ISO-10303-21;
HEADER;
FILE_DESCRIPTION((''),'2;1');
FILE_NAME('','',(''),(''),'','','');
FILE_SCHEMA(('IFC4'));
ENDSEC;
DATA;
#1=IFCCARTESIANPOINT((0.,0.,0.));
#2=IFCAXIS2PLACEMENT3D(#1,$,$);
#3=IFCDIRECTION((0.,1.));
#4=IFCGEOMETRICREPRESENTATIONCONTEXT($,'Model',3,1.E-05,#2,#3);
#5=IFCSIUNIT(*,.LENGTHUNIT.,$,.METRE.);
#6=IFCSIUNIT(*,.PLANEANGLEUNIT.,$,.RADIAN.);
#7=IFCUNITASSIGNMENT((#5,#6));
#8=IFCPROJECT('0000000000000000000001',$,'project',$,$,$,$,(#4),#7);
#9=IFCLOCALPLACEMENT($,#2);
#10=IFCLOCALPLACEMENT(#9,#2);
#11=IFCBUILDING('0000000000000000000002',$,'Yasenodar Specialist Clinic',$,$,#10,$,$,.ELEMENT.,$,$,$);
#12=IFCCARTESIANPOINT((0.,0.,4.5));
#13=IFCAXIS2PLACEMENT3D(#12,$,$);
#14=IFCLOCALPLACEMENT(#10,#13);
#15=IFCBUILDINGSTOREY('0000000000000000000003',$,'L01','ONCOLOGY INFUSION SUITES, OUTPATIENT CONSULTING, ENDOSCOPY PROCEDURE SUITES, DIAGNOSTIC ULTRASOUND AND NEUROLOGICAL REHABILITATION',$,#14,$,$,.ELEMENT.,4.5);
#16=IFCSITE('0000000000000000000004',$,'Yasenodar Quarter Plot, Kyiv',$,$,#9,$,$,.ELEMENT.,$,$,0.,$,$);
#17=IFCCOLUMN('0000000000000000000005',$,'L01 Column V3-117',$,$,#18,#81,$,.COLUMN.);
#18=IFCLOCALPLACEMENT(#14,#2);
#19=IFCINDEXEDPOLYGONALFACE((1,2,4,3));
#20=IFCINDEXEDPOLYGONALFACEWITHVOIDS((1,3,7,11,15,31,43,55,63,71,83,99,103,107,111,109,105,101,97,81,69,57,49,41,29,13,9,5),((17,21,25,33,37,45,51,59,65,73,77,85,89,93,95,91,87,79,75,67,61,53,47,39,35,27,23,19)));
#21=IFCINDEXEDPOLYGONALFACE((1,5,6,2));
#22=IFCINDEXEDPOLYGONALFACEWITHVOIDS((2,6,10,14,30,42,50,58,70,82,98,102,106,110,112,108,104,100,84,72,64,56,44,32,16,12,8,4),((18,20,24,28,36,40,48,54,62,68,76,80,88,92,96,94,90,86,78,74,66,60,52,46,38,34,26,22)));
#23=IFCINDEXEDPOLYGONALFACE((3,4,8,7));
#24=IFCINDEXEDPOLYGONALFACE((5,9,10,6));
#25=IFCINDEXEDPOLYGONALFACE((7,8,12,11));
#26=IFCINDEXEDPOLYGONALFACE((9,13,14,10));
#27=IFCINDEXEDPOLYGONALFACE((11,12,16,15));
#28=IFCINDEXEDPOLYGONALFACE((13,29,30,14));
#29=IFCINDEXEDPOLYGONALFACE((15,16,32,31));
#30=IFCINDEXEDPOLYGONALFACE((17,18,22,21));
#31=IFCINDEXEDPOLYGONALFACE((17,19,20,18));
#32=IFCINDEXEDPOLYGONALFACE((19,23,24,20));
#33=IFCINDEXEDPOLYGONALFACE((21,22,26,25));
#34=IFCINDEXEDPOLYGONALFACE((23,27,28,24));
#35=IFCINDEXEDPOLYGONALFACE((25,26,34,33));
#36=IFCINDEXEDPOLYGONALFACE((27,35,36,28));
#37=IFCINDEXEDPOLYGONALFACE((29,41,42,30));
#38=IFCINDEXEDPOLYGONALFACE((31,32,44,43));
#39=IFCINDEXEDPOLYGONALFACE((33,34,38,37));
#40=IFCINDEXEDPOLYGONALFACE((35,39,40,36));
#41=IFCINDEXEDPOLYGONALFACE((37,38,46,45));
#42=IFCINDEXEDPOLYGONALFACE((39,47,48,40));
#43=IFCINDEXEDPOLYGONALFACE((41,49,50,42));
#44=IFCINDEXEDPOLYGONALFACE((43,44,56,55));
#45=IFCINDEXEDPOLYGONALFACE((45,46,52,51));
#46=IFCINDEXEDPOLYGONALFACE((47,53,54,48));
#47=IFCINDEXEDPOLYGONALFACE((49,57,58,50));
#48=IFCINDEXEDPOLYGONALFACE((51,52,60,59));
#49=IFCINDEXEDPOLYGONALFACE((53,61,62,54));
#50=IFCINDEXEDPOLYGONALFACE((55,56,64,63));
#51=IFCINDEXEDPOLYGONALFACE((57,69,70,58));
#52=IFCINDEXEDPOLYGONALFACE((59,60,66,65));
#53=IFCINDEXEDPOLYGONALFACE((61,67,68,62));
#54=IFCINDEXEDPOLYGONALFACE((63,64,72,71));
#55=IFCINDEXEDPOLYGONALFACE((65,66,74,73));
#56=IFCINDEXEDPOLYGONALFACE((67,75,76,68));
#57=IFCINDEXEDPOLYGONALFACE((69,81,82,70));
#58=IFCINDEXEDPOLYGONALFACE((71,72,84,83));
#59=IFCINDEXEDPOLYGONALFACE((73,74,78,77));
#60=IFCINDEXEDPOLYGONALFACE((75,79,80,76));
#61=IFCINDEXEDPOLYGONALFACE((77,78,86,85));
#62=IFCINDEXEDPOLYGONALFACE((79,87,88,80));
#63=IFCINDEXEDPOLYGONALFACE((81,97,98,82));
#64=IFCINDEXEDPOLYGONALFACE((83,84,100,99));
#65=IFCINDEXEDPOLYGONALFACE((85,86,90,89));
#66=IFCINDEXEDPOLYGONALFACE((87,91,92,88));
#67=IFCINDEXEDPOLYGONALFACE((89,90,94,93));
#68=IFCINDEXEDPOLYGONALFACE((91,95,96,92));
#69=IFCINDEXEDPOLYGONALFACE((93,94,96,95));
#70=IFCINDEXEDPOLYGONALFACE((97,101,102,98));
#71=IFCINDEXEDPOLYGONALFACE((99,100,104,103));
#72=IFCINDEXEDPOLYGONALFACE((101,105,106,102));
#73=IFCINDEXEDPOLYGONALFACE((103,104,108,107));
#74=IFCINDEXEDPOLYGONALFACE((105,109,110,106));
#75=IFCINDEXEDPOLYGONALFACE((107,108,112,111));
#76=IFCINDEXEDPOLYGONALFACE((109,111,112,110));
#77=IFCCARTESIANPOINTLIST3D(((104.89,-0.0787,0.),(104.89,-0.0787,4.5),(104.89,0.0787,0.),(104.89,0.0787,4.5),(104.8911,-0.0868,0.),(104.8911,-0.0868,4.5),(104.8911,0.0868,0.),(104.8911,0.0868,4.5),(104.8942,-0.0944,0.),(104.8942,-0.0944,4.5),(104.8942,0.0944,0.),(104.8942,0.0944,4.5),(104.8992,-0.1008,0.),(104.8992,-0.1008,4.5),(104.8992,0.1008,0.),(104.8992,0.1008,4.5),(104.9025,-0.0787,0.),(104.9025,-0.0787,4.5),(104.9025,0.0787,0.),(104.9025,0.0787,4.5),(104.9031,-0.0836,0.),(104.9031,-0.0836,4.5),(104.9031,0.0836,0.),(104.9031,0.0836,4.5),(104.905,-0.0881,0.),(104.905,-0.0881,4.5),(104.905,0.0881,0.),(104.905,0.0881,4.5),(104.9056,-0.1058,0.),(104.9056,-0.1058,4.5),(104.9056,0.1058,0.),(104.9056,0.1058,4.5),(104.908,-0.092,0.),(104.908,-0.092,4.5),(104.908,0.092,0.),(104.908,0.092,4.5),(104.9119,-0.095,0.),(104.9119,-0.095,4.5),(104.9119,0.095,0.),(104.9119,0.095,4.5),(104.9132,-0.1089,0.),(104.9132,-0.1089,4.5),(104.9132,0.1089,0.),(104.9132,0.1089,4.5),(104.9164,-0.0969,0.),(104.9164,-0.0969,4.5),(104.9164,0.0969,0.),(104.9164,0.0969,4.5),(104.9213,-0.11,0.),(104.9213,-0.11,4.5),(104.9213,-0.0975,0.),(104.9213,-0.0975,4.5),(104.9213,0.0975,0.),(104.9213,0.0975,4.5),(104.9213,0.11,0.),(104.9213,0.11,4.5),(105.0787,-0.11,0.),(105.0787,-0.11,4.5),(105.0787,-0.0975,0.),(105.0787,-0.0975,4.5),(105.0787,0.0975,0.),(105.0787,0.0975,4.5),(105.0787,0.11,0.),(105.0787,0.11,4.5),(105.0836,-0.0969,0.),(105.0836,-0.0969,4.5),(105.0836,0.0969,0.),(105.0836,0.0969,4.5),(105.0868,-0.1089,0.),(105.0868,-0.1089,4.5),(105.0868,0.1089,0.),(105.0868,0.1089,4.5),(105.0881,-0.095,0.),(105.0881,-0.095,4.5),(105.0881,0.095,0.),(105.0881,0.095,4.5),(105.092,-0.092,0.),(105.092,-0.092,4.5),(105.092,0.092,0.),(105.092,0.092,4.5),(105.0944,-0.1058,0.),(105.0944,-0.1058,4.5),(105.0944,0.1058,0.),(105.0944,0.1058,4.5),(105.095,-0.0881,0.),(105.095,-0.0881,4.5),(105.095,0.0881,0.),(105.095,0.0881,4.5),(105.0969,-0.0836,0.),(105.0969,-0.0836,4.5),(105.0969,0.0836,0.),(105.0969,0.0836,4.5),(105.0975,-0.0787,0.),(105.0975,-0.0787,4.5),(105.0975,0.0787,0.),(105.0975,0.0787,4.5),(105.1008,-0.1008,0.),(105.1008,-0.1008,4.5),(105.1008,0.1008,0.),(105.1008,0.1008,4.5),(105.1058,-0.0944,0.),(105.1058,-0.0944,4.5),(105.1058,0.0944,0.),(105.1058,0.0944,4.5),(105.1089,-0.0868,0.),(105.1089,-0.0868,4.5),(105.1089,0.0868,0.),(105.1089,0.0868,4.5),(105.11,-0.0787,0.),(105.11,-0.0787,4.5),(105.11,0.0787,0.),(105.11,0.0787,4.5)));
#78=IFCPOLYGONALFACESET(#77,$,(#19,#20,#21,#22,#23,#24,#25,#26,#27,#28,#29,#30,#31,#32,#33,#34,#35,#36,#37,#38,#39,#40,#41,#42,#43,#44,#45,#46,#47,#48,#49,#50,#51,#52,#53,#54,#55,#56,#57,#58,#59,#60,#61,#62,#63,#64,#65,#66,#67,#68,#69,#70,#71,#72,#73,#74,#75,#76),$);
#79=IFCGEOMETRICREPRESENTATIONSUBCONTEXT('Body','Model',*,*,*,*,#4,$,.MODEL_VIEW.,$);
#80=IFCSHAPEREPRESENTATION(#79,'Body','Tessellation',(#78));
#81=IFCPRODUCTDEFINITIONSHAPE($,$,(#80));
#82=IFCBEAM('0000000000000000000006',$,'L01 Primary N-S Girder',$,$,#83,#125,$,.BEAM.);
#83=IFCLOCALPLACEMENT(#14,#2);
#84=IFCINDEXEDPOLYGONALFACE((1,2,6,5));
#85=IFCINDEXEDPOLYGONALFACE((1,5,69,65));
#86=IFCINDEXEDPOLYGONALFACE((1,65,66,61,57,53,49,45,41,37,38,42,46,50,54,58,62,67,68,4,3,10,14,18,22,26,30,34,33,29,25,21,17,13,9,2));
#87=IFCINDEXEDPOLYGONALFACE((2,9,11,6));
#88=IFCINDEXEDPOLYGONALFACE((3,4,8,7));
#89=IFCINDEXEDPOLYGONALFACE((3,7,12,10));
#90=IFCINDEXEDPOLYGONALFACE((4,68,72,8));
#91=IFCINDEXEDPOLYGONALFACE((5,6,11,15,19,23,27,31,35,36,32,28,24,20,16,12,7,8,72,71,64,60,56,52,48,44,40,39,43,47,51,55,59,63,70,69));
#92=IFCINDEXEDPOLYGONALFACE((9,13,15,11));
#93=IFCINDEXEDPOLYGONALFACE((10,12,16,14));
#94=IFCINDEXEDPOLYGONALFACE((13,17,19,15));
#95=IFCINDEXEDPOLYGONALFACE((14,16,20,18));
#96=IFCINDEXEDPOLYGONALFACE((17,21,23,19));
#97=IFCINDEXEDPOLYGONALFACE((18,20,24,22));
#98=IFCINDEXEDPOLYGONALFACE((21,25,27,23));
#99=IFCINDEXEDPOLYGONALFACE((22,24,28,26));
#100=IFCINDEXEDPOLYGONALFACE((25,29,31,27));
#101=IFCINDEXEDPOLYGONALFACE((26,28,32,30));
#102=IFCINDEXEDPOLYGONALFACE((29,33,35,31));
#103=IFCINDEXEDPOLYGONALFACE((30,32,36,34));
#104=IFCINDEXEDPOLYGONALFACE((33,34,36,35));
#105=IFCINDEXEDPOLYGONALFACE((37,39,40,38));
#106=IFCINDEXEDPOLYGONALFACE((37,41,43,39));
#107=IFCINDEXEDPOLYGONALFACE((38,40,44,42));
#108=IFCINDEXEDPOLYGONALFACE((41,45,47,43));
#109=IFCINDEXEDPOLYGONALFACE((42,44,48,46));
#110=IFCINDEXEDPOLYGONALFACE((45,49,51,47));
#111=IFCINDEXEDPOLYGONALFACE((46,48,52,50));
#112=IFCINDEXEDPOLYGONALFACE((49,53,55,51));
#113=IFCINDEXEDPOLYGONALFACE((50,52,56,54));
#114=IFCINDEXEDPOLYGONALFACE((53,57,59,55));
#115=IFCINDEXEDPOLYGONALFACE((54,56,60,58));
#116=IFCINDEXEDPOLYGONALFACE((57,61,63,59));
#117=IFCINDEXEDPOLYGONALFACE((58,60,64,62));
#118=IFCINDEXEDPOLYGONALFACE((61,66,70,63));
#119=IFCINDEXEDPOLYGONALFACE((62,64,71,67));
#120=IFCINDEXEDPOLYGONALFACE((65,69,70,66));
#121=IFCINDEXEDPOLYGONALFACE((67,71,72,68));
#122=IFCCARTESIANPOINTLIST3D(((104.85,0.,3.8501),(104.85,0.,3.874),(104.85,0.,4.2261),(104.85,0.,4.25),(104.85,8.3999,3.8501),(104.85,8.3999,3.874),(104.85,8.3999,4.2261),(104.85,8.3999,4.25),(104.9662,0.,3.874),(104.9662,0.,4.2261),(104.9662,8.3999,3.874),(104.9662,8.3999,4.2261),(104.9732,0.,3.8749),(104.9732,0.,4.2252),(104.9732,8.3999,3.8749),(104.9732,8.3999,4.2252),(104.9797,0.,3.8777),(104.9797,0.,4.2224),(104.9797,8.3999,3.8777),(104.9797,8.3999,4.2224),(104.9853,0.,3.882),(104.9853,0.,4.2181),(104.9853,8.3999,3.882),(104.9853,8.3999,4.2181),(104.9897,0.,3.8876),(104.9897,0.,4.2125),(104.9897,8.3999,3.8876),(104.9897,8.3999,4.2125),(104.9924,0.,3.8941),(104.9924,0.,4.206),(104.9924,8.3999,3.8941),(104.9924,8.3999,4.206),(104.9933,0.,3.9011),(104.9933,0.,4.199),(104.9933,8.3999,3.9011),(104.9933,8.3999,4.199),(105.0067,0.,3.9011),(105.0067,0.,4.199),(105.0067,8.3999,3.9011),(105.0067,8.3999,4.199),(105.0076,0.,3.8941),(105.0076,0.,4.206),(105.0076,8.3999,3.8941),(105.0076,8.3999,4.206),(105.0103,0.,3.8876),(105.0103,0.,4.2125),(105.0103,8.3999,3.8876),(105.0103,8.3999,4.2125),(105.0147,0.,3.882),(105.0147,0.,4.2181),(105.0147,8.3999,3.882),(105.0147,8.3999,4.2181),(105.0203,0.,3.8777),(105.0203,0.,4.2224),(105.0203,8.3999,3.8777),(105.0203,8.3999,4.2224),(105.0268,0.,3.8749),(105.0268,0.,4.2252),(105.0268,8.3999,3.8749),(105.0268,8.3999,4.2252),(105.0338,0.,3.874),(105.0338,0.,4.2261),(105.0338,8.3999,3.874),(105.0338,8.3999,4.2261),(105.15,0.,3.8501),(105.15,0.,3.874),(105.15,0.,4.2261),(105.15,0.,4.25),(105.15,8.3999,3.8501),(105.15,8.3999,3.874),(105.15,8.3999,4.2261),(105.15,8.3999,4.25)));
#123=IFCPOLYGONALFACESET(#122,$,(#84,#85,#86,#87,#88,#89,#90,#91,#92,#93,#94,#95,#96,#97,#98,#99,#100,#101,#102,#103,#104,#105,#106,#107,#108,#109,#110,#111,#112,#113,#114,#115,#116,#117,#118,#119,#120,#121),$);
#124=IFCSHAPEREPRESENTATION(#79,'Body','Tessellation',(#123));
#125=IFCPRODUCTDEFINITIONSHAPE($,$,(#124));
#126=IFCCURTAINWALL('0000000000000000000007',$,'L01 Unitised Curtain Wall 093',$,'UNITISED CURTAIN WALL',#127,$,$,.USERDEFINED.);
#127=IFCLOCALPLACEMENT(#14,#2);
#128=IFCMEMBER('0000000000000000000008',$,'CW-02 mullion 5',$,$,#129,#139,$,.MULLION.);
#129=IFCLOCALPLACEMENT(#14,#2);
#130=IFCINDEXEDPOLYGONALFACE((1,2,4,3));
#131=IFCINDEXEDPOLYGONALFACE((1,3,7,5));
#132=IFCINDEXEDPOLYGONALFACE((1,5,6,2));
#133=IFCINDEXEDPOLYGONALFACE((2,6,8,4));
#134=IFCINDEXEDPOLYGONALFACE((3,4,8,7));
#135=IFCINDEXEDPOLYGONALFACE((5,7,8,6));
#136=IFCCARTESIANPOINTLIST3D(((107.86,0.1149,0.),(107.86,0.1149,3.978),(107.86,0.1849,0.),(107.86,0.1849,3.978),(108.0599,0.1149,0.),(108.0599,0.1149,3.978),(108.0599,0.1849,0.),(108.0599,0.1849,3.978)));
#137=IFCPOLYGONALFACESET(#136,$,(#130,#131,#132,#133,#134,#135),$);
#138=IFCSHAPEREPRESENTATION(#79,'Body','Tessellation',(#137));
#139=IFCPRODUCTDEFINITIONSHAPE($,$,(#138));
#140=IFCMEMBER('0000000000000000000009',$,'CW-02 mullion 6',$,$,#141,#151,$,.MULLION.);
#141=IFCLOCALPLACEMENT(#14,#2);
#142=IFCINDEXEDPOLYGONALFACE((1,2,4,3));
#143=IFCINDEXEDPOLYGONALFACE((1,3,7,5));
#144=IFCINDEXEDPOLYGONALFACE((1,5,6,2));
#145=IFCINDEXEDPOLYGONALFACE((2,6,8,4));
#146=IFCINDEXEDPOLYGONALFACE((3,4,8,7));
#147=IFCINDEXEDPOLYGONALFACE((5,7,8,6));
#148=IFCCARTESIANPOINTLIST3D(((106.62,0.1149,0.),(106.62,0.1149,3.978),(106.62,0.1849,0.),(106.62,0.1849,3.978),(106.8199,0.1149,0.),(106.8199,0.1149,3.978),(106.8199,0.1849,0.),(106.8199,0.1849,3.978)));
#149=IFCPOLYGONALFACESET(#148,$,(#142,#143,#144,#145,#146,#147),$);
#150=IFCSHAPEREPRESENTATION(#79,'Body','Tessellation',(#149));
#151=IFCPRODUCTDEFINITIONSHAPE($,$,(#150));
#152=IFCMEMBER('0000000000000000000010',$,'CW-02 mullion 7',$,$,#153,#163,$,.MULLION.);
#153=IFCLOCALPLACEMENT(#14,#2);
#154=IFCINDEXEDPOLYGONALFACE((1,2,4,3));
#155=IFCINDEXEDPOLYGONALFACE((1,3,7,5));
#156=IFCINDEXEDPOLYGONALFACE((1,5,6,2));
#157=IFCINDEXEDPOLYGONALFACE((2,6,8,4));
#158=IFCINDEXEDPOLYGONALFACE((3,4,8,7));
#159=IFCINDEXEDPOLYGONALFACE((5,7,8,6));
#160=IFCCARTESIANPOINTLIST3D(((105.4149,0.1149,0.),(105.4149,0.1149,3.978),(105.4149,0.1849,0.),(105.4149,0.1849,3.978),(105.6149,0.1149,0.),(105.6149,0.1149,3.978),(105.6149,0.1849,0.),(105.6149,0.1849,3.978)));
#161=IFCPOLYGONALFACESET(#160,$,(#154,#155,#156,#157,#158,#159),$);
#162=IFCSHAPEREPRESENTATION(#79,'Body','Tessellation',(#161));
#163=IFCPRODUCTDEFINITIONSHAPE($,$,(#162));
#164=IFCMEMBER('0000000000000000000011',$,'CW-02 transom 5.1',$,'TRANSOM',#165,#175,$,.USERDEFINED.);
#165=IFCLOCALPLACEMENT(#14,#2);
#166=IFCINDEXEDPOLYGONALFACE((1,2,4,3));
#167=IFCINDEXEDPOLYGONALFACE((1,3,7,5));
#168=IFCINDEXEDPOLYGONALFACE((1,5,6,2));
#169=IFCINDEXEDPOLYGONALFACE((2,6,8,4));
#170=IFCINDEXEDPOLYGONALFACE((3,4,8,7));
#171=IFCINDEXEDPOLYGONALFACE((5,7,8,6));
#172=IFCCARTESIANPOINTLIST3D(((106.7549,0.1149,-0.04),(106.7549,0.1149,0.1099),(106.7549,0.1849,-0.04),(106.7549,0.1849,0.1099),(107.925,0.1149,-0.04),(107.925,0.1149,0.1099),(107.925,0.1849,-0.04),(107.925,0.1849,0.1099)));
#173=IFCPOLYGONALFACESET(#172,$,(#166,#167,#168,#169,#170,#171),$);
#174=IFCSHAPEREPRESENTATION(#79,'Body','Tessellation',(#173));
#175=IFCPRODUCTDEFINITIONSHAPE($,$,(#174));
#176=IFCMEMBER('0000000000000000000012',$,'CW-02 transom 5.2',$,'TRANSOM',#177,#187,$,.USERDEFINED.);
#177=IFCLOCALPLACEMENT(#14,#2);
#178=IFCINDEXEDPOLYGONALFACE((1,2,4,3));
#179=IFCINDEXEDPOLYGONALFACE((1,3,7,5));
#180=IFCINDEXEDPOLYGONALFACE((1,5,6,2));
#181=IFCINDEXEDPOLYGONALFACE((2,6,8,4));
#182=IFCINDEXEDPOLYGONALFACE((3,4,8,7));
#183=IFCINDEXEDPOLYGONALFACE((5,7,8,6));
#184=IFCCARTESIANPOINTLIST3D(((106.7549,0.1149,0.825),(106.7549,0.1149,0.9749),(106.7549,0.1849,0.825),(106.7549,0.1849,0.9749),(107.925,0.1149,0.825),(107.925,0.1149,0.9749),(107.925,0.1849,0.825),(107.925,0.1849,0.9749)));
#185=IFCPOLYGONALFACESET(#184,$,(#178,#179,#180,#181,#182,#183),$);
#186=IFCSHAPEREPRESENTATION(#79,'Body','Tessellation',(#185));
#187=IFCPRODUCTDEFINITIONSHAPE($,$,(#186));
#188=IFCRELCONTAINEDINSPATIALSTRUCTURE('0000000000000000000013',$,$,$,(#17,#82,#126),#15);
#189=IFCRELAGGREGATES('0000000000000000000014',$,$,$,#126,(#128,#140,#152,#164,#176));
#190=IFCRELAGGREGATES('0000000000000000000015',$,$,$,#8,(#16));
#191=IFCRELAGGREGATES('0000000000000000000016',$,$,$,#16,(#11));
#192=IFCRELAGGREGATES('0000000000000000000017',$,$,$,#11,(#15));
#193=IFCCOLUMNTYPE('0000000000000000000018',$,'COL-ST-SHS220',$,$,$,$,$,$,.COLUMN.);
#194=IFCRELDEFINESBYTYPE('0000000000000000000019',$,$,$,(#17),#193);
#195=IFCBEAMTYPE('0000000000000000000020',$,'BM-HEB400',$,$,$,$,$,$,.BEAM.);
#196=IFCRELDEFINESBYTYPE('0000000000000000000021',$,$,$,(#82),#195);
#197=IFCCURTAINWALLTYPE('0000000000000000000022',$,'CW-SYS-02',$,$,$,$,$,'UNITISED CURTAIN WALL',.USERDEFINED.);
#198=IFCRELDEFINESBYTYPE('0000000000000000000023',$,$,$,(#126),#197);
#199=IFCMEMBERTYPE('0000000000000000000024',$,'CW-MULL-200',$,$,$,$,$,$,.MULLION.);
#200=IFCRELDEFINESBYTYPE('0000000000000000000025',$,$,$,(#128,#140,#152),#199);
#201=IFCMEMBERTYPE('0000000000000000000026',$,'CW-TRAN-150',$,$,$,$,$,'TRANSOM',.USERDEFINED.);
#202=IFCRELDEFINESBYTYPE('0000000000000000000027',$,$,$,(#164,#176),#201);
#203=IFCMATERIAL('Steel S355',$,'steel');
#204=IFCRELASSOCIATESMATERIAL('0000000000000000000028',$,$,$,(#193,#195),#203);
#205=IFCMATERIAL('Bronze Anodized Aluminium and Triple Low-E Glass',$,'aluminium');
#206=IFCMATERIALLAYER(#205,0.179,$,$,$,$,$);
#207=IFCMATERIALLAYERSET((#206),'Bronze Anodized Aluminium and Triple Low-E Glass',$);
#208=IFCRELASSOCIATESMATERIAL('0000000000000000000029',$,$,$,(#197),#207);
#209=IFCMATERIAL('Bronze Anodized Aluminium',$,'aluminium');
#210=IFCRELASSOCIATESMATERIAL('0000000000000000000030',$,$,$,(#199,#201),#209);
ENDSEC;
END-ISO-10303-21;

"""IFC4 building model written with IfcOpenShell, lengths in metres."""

from ifc_helpers import new_model, si_unit, direction, frame, origin, origin_2d, place, context, subcontext, project, spatial, rectangle, hollow_rectangle, i_section, extrude, material, layer, layer_set, material_profile, profile_set, type_object, element, aggregate, save


model = new_model("IFC4")

# Units and contexts
model_context = context("Model", 3, precision=1e-05, world=origin(), true_north=direction((0.0, 1.0)))
body_context = subcontext(model_context, "Body", "Model", "MODEL_VIEW")
ifc_project = project(units=[si_unit("LENGTHUNIT", "METRE"), si_unit("PLANEANGLEUNIT", "RADIAN")], contexts=[model_context])

# Site, building, storey
site_placement = place(None, origin())
site = spatial("IfcSite", under=ifc_project, at=site_placement, Name="Yasenodar Quarter Plot, Kyiv", CompositionType="ELEMENT", RefElevation=0.0)
building_placement = place(site_placement, origin())
building = spatial("IfcBuilding", under=site, at=building_placement, Name="Yasenodar Specialist Clinic", CompositionType="ELEMENT")
storey_placement = place(building_placement, frame((0.0, 0.0, 4.5)))
storey = spatial("IfcBuildingStorey", under=building, at=storey_placement, Name="L01", Description="ONCOLOGY INFUSION SUITES, OUTPATIENT CONSULTING, ENDOSCOPY PROCEDURE SUITES, DIAGNOSTIC ULTRASOUND AND NEUROLOGICAL REHABILITATION", CompositionType="ELEMENT", Elevation=4.5)

# Column
ifc_material_1 = material(Name="Steel S355", Category="steel")
ifc_material_profile_1 = material_profile(ifc_material_1, hollow_rectangle(XDim=0.22, YDim=0.22, WallThickness=0.0125, InnerFilletRadius=0.0188, OuterFilletRadius=0.0312, at=origin_2d()), Name="SHS 220x220x12.5")
ifc_profile_set_1 = profile_set([ifc_material_profile_1], Name="Steel S355")
column_type = type_object("IfcColumnType", Name="COL-ST-SHS220", PredefinedType="COLUMN", material=ifc_profile_set_1)
column_placement = place(storey_placement, frame((105.0, 0.0, 0.0), z_axis=(0.0, 0.0, 1.0), x_axis=(1.0, 0.0, 0.0)))
element("IfcColumn", 1, at=column_placement, inside=storey, type_object=column_type, Name="L01 Column V3-117", PredefinedType="COLUMN", context=body_context, shape_type="SweptSolid", body=[
    extrude(hollow_rectangle(XDim=0.22, YDim=0.22, WallThickness=0.0125, InnerFilletRadius=0.0188, OuterFilletRadius=0.0312, at=origin_2d()), origin(), (0.0, 0.0, 1.0), 4.5),
])

# Beam
ifc_material_profile_2 = material_profile(ifc_material_1, i_section(OverallWidth=0.3, OverallDepth=0.3999, WebThickness=0.0134, FlangeThickness=0.0239, FilletRadius=0.0271, at=origin_2d()), Name="HEB 400")
ifc_profile_set_2 = profile_set([ifc_material_profile_2], Name="Steel S355")
beam_type_1 = type_object("IfcBeamType", Name="BM-HEB400", PredefinedType="BEAM", material=ifc_profile_set_2)
beam_1_placement = place(storey_placement, frame((105.0, 0.0, 4.05), z_axis=(0.0, 1.0, 0.0), x_axis=(-1.0, 0.0, 0.0)))
element("IfcBeam", 2, at=beam_1_placement, inside=storey, type_object=beam_type_1, Name="L01 Primary N-S Girder", PredefinedType="BEAM", context=body_context, shape_type="SweptSolid", body=[
    extrude(i_section(OverallWidth=0.3, OverallDepth=0.3999, WebThickness=0.0134, FlangeThickness=0.0239, FilletRadius=0.0271, at=origin_2d()), origin(), (0.0, 0.0, 1.0), 8.3999),
])

# Curtain wall, members
ifc_material_2 = material(Name="Bronze Anodized Aluminium and Triple Low-E Glass", Category="aluminium")
ifc_layer_1 = layer(ifc_material_2, 0.179)
ifc_layer_set_1 = layer_set([ifc_layer_1], Name="Bronze Anodized Aluminium and Triple Low-E Glass")
curtain_wall_type = type_object("IfcCurtainWallType", Name="CW-SYS-02", ElementType="UNITISED CURTAIN WALL", PredefinedType="USERDEFINED", material=ifc_layer_set_1)
curtain_wall_placement = place(storey_placement, origin())
curtain_wall = element("IfcCurtainWall", 3, at=curtain_wall_placement, inside=storey, type_object=curtain_wall_type, Name="L01 Unitised Curtain Wall 093", ObjectType="UNITISED CURTAIN WALL", PredefinedType="USERDEFINED")
ifc_material_3 = material(Name="Bronze Anodized Aluminium", Category="aluminium")
ifc_material_profile_3 = material_profile(ifc_material_3, rectangle(XDim=0.0701, YDim=0.2, at=origin_2d()), Name="CW-MULL 70x200")
ifc_profile_set_3 = profile_set([ifc_material_profile_3], Name="Bronze Anodized Aluminium")
member_type_1 = type_object("IfcMemberType", Name="CW-MULL-200", PredefinedType="MULLION", material=ifc_profile_set_3)
member_1_placement = place(storey_placement, frame((107.96, 0.1499, 0.0), z_axis=(0.0, 0.0, 1.0), x_axis=(0.0, -1.0, 0.0)))
member_1 = element("IfcMember", 4, at=member_1_placement, type_object=member_type_1, Name="CW-02 mullion 5", PredefinedType="MULLION", context=body_context, shape_type="SweptSolid", body=[
    extrude(rectangle(XDim=0.0701, YDim=0.2, at=origin_2d()), origin(), (0.0, 0.0, 1.0), 3.978),
])
member_2_placement = place(storey_placement, frame((106.72, 0.1499, 0.0), z_axis=(0.0, 0.0, 1.0), x_axis=(0.0, -1.0, 0.0)))
member_2 = element("IfcMember", 5, at=member_2_placement, type_object=member_type_1, Name="CW-02 mullion 6", PredefinedType="MULLION", context=body_context, shape_type="SweptSolid", body=[
    extrude(rectangle(XDim=0.0701, YDim=0.2, at=origin_2d()), origin(), (0.0, 0.0, 1.0), 3.978),
])
member_3_placement = place(storey_placement, frame((105.5149, 0.1499, 0.0), z_axis=(0.0, 0.0, 1.0), x_axis=(0.0, -1.0, 0.0)))
member_3 = element("IfcMember", 6, at=member_3_placement, type_object=member_type_1, Name="CW-02 mullion 7", PredefinedType="MULLION", context=body_context, shape_type="SweptSolid", body=[
    extrude(rectangle(XDim=0.0701, YDim=0.2, at=origin_2d()), origin(), (0.0, 0.0, 1.0), 3.978),
])
ifc_material_profile_4 = material_profile(ifc_material_3, rectangle(XDim=0.0701, YDim=0.1499, at=origin_2d()), Name="CW-TRAN 70x150")
ifc_profile_set_4 = profile_set([ifc_material_profile_4], Name="Bronze Anodized Aluminium")
member_type_2 = type_object("IfcMemberType", Name="CW-TRAN-150", ElementType="TRANSOM", PredefinedType="USERDEFINED", material=ifc_profile_set_4)
member_4_placement = place(storey_placement, frame((107.925, 0.1499, 0.0349), z_axis=(-1.0, 0.0, 0.0), x_axis=(0.0, -1.0, 0.0)))
member_4 = element("IfcMember", 7, at=member_4_placement, type_object=member_type_2, Name="CW-02 transom 5.1", ObjectType="TRANSOM", PredefinedType="USERDEFINED", context=body_context, shape_type="SweptSolid", body=[
    extrude(rectangle(XDim=0.0701, YDim=0.1499, at=origin_2d()), origin(), (0.0, 0.0, 1.0), 1.1702),
])
member_5_placement = place(storey_placement, frame((107.925, 0.1499, 0.8999), z_axis=(-1.0, 0.0, 0.0), x_axis=(0.0, -1.0, 0.0)))
member_5 = element("IfcMember", 8, at=member_5_placement, type_object=member_type_2, Name="CW-02 transom 5.2", ObjectType="TRANSOM", PredefinedType="USERDEFINED", context=body_context, shape_type="SweptSolid", body=[
    extrude(rectangle(XDim=0.0701, YDim=0.1499, at=origin_2d()), origin(), (0.0, 0.0, 1.0), 1.1702),
])

aggregate(curtain_wall, [member_1, member_2, member_3, member_4, member_5])

save(model, "model.ifc")
